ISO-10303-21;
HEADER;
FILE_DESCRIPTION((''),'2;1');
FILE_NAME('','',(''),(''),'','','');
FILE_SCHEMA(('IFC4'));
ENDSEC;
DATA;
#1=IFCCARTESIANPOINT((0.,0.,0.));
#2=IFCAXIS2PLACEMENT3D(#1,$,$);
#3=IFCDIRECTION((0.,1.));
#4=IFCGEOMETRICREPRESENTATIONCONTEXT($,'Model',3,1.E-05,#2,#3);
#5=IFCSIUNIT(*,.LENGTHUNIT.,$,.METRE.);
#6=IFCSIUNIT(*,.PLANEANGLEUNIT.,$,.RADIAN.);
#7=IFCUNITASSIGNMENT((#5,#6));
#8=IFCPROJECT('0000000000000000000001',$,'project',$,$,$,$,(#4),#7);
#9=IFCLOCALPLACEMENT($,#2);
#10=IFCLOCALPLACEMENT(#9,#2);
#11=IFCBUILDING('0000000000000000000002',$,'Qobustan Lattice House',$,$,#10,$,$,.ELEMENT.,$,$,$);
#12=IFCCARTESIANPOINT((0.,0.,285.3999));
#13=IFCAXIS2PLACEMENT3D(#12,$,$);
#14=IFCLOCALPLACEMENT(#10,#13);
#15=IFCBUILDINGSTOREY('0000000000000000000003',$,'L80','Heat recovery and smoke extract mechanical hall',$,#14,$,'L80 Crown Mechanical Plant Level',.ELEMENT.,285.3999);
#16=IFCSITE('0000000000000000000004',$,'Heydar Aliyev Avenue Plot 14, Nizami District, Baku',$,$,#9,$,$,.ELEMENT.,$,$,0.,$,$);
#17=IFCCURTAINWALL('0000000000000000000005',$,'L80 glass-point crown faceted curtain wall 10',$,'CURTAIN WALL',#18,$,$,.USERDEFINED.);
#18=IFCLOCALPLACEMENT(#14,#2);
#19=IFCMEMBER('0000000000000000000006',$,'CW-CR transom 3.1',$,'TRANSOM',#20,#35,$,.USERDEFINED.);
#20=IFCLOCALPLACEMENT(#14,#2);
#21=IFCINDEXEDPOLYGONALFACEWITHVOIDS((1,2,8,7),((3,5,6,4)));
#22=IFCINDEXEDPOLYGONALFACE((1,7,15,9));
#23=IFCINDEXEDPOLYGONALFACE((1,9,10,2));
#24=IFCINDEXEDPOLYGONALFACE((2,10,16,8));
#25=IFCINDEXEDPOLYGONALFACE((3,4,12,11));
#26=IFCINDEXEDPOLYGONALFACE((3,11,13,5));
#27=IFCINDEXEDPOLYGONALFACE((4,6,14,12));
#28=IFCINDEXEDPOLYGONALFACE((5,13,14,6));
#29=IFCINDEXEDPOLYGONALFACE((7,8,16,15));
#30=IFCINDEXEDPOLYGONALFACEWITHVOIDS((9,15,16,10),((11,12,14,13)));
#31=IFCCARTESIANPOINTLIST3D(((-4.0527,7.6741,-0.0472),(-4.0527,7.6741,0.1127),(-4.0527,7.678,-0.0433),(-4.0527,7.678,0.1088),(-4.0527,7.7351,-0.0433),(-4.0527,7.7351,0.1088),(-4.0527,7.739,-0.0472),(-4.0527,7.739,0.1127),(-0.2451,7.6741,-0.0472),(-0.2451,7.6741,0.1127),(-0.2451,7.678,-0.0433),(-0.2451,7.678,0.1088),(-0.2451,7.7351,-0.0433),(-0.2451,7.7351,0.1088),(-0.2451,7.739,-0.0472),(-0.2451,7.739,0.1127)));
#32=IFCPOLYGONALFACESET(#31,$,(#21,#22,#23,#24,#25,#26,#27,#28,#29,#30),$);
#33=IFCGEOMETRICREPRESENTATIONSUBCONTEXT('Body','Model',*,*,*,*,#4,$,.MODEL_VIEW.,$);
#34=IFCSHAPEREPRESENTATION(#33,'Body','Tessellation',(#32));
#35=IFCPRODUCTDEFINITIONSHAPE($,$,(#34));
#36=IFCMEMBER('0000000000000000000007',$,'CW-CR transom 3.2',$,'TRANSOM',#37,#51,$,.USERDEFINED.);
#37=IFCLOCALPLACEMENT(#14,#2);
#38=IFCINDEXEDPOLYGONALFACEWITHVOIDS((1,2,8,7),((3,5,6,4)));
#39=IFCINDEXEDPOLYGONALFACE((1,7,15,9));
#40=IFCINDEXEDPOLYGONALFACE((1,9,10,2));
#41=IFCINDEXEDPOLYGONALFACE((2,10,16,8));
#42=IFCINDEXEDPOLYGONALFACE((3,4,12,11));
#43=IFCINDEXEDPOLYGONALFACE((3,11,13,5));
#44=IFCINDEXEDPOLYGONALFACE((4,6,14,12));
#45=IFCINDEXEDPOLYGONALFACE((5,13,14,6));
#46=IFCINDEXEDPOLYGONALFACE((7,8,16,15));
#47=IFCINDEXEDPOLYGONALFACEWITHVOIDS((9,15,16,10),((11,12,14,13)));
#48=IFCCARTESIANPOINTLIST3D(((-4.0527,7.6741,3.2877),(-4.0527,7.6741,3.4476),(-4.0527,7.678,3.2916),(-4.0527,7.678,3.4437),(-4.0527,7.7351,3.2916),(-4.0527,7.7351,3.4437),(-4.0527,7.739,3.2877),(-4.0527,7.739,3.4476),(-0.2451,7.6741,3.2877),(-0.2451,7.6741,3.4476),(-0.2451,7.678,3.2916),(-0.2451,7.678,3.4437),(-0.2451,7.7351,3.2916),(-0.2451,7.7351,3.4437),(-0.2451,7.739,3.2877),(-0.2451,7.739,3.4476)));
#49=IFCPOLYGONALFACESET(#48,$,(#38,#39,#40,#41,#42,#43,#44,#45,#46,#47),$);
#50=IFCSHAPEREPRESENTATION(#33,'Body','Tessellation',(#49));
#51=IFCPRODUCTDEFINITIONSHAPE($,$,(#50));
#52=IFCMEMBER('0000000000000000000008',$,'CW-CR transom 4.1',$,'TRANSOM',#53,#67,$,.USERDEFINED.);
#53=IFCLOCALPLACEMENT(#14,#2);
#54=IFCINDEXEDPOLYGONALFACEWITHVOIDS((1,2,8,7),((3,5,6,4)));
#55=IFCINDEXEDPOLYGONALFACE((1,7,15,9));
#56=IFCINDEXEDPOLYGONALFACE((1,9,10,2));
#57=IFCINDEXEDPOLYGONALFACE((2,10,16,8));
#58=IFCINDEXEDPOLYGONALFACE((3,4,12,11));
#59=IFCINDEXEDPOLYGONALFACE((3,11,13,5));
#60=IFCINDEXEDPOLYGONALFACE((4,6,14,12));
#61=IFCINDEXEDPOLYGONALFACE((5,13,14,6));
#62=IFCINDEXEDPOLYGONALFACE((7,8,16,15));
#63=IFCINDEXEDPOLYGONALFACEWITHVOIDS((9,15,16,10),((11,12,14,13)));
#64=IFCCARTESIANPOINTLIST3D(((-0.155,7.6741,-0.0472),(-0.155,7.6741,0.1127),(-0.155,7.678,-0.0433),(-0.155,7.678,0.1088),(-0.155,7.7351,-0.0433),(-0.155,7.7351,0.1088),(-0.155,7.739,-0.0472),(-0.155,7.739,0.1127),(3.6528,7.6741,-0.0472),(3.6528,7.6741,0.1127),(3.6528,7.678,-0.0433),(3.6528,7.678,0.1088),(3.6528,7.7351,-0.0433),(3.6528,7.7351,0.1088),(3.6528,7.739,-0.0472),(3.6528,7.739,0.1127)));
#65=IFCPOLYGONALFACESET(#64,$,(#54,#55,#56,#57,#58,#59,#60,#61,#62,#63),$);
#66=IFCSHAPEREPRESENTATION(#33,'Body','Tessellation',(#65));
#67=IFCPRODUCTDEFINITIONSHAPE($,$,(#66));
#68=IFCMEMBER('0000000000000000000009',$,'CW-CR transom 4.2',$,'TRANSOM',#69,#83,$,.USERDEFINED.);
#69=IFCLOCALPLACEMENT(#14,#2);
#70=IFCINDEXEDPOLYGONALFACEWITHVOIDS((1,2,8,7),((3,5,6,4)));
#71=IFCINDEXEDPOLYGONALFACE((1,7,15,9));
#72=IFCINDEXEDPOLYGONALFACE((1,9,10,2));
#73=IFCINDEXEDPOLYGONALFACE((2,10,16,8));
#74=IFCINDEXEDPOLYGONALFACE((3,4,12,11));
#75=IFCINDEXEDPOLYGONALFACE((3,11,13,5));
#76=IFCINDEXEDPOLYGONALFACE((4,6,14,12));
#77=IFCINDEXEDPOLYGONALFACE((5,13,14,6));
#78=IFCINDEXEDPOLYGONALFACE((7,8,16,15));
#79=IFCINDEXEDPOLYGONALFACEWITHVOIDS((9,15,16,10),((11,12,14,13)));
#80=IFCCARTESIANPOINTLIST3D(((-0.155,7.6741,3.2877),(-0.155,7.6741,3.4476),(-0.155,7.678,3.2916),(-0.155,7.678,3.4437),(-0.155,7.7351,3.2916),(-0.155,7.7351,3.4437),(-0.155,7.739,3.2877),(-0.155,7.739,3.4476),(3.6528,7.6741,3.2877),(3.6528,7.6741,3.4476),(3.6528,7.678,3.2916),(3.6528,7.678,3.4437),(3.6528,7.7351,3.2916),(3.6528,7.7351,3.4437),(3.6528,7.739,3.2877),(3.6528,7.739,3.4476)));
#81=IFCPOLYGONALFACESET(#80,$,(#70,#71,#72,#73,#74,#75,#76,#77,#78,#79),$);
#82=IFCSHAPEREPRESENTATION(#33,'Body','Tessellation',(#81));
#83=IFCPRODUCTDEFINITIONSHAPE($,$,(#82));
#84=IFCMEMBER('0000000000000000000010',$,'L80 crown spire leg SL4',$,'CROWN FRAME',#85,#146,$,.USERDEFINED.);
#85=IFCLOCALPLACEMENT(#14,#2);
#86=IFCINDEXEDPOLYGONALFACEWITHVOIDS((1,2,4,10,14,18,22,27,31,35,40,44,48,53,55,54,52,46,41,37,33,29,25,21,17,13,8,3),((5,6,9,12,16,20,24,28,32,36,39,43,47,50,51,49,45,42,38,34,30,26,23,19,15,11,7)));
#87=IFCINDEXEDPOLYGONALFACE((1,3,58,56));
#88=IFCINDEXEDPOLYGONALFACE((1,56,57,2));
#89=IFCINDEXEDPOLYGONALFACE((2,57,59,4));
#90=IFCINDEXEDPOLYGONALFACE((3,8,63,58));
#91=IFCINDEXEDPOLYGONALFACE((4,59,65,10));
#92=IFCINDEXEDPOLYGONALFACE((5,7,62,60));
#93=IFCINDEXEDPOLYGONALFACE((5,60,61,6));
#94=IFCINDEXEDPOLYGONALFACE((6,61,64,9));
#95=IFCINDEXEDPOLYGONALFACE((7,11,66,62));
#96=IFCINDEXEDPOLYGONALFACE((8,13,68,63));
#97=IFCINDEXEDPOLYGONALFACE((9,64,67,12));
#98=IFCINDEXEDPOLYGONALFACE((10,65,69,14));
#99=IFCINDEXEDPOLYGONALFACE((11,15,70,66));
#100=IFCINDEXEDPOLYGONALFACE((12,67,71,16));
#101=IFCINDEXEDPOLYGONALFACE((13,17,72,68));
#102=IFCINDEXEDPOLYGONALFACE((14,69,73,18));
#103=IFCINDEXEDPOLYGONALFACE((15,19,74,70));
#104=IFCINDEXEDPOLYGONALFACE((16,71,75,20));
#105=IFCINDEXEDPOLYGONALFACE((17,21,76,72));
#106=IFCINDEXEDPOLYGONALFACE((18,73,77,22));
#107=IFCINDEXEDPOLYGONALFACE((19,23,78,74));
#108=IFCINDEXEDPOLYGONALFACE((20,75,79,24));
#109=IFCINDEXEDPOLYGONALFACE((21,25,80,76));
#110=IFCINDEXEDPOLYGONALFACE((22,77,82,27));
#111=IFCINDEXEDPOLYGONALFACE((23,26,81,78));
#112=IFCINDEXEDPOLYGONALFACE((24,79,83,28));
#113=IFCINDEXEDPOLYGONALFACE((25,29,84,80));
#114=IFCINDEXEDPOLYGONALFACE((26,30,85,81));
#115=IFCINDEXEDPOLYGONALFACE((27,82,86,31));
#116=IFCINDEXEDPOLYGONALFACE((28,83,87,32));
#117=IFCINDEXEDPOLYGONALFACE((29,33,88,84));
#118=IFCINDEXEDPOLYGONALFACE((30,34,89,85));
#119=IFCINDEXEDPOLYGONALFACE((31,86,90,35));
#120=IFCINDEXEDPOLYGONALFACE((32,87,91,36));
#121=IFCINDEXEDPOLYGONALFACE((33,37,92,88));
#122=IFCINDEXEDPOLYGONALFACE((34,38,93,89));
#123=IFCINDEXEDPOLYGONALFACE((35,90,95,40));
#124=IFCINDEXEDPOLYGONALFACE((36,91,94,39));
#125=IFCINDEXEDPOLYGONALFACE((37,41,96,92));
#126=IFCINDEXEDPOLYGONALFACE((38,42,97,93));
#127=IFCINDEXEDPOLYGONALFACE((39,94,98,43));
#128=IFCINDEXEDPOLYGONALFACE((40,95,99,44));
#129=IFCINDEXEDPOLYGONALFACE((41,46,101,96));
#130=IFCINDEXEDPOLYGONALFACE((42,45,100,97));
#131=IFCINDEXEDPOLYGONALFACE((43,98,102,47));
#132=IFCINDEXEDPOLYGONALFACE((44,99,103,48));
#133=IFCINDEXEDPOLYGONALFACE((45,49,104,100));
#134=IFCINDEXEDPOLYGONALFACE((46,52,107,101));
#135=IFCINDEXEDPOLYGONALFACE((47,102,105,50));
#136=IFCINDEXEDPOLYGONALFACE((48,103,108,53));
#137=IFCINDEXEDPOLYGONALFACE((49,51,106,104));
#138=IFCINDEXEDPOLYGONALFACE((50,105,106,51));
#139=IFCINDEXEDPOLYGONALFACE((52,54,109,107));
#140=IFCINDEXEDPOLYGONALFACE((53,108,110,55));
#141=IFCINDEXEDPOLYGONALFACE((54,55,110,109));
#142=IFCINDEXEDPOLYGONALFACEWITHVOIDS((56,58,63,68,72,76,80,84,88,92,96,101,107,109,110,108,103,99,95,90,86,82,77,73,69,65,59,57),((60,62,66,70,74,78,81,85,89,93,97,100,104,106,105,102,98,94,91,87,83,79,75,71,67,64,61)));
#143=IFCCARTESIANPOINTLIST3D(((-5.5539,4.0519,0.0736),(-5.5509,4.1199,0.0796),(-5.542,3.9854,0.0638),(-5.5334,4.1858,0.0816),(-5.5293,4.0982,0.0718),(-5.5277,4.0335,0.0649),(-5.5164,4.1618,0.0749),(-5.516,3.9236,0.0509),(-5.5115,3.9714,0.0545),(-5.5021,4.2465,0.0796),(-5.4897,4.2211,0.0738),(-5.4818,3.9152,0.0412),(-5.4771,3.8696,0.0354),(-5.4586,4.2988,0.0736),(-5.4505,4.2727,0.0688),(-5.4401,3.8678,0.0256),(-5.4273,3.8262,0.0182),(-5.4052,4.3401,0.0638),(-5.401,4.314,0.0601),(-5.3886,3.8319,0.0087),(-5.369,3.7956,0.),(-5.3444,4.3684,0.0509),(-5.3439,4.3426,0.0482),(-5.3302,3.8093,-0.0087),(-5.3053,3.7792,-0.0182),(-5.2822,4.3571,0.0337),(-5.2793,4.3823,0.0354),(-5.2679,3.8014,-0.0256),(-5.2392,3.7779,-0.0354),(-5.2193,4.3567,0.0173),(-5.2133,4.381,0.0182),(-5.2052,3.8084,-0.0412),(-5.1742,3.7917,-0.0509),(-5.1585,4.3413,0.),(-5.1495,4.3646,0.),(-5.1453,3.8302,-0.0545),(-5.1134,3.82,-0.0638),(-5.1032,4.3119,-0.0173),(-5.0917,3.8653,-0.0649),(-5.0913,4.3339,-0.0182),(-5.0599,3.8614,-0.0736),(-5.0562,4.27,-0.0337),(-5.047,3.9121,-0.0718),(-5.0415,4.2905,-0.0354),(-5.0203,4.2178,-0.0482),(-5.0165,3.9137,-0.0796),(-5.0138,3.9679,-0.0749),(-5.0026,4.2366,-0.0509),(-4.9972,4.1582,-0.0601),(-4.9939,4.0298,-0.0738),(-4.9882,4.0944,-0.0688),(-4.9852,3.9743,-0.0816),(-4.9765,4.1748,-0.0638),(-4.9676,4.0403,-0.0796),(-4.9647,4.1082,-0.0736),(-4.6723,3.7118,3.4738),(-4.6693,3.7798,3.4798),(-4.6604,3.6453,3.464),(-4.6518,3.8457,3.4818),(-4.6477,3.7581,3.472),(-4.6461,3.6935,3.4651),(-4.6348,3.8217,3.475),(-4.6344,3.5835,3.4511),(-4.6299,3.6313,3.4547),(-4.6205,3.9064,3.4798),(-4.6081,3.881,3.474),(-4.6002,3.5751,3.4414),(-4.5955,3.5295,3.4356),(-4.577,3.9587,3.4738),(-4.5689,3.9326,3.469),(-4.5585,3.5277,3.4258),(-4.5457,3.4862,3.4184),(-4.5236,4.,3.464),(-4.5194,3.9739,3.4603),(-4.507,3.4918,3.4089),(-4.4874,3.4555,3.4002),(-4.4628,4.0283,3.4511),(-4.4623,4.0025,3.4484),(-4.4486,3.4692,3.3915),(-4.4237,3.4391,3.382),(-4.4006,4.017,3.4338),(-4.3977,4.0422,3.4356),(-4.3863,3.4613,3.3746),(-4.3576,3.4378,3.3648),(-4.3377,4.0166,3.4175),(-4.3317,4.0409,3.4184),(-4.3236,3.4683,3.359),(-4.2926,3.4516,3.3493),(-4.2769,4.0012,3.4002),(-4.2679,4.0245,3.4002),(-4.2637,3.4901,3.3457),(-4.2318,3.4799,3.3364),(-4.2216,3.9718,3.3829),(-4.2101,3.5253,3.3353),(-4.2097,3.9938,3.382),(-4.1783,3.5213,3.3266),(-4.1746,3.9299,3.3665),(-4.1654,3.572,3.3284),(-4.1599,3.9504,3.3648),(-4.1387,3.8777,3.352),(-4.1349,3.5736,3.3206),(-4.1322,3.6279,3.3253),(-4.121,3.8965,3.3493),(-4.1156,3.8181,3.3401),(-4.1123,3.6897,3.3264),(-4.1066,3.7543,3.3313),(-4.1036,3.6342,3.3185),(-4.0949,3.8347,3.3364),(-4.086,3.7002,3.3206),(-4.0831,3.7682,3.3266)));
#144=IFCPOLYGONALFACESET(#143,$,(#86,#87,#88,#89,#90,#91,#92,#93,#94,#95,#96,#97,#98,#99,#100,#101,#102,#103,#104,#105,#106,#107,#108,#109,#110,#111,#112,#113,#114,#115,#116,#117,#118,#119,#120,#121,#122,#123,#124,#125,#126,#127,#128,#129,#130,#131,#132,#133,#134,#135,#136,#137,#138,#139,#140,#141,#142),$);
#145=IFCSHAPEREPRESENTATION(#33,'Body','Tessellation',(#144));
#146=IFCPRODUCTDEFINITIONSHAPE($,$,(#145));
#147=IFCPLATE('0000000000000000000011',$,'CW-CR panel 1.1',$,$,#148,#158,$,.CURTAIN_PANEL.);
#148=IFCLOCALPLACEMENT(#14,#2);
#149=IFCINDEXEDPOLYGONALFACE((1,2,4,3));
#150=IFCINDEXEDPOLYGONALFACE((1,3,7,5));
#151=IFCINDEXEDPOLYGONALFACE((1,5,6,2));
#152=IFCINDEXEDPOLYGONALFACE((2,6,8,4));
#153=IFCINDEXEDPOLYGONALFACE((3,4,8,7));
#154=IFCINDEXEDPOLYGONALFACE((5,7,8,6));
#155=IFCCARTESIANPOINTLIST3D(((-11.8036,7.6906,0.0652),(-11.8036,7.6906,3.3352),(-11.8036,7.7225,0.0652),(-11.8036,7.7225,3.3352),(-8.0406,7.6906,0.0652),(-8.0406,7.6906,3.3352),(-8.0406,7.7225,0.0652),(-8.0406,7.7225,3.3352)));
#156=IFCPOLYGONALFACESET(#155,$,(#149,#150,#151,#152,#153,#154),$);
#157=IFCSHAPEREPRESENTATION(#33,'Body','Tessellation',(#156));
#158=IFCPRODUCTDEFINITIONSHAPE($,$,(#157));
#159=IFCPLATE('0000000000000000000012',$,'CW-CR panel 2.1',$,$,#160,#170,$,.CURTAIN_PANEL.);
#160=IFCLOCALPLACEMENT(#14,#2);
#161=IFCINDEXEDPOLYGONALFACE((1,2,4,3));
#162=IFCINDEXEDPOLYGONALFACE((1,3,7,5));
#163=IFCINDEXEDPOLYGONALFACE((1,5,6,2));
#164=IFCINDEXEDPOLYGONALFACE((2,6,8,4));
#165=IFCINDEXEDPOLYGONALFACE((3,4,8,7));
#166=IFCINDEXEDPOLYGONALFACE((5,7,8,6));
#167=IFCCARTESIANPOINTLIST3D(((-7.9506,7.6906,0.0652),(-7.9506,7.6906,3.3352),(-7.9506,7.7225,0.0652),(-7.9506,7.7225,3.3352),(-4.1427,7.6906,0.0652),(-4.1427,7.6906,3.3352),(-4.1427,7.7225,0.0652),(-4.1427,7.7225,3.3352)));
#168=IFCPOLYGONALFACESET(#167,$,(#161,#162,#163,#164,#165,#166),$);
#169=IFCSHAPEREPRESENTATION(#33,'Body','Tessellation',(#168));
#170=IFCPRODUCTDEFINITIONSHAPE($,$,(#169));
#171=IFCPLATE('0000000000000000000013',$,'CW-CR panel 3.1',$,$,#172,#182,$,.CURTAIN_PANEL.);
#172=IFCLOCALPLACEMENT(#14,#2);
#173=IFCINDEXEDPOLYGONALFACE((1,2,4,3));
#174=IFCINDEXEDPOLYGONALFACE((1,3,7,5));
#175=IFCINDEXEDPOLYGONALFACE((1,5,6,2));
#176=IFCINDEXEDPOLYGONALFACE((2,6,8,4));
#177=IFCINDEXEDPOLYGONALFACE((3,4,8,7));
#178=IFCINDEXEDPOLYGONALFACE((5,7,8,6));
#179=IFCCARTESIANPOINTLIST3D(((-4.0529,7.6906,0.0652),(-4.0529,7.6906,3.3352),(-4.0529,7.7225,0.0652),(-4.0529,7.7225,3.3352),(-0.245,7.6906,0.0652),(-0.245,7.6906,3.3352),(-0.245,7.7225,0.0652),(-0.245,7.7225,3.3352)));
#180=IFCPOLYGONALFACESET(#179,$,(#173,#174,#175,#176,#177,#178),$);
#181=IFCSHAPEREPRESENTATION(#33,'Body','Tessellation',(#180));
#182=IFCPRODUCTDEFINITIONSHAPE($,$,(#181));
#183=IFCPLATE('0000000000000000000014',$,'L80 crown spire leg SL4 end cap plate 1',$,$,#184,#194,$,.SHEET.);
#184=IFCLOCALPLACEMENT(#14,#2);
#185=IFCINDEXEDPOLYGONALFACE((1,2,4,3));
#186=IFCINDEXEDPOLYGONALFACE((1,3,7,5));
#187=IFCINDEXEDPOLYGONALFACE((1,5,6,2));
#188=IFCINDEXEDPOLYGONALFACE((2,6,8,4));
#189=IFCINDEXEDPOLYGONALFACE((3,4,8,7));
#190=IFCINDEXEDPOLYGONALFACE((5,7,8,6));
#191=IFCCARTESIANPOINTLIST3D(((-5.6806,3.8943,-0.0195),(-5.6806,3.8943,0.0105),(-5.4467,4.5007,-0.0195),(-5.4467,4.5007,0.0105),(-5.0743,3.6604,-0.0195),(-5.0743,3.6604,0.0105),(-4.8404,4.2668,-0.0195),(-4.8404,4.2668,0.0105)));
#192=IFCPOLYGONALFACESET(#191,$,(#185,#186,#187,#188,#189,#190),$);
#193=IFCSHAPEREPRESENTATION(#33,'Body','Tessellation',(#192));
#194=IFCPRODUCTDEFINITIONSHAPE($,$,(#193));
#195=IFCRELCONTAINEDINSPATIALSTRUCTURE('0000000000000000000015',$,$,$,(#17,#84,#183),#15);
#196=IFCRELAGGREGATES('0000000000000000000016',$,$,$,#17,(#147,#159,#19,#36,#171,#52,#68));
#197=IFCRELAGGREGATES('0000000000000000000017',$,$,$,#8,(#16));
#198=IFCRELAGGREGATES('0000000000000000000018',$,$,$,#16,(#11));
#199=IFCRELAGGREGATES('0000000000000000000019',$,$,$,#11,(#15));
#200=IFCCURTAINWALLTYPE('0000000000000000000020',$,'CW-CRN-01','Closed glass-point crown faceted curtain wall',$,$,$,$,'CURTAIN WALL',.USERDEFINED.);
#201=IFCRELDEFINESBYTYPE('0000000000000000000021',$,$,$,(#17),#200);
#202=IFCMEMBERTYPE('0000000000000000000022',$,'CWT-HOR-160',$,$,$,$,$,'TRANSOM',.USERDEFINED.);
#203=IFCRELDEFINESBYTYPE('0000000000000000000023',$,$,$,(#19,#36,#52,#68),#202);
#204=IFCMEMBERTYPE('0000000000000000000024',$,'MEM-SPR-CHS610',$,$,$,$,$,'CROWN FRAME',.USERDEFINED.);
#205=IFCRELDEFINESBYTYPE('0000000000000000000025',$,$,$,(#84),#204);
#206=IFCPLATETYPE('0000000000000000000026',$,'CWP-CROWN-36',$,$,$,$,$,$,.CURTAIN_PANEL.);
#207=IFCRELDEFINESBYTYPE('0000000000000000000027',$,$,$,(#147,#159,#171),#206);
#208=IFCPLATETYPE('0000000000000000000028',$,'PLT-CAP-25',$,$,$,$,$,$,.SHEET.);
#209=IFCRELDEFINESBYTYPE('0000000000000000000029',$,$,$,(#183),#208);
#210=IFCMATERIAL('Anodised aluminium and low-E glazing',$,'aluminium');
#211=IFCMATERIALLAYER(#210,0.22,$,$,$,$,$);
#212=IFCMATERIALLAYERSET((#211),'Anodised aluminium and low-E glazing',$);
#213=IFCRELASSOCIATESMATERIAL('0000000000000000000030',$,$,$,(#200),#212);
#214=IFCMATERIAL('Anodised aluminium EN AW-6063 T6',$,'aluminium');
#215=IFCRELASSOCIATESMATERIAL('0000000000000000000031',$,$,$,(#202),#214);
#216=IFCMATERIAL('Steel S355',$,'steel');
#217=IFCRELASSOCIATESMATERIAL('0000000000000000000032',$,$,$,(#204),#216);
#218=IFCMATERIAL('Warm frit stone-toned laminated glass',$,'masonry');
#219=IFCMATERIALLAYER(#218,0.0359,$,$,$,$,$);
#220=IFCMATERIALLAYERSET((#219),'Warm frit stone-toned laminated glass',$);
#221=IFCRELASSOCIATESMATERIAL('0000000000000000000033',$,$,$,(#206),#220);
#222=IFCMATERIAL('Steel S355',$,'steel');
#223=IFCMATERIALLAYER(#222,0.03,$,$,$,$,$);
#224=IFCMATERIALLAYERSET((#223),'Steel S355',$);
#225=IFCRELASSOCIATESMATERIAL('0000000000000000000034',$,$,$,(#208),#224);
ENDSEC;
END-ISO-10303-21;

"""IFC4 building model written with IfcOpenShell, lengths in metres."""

from ifc_helpers import new_model, si_unit, direction, frame, origin, origin_2d, place, context, subcontext, project, spatial, rectangle, hollow_rectangle, hollow_circle, extrude, material, layer, layer_set, material_profile, profile_set, type_object, element, aggregate, save


model = new_model("IFC4")

# Units and contexts
model_context = context("Model", 3, precision=1e-05, world=origin(), true_north=direction((0.0, 1.0)))
body_context = subcontext(model_context, "Body", "Model", "MODEL_VIEW")
ifc_project = project(units=[si_unit("LENGTHUNIT", "METRE"), si_unit("PLANEANGLEUNIT", "RADIAN")], contexts=[model_context])

# Site, building, storey
site_placement = place(None, origin())
site = spatial("IfcSite", under=ifc_project, at=site_placement, Name="Heydar Aliyev Avenue Plot 14, Nizami District, Baku", CompositionType="ELEMENT", RefElevation=0.0)
building_placement = place(site_placement, origin())
building = spatial("IfcBuilding", under=site, at=building_placement, Name="Qobustan Lattice House", CompositionType="ELEMENT")
storey_placement = place(building_placement, frame((0.0, 0.0, 285.3999)))
storey = spatial("IfcBuildingStorey", under=building, at=storey_placement, Name="L80", Description="Heat recovery and smoke extract mechanical hall", LongName="L80 Crown Mechanical Plant Level", CompositionType="ELEMENT", Elevation=285.3999)

# Curtain wall, members
ifc_material_1 = material(Name="Anodised aluminium and low-E glazing", Category="aluminium")
ifc_layer_1 = layer(ifc_material_1, 0.22)
ifc_layer_set_1 = layer_set([ifc_layer_1], Name="Anodised aluminium and low-E glazing")
curtain_wall_type = type_object("IfcCurtainWallType", Name="CW-CRN-01", Description="Closed glass-point crown faceted curtain wall", ElementType="CURTAIN WALL", PredefinedType="USERDEFINED", material=ifc_layer_set_1)
curtain_wall_placement = place(storey_placement, origin())
curtain_wall = element("IfcCurtainWall", 1, at=curtain_wall_placement, inside=storey, type_object=curtain_wall_type, Name="L80 glass-point crown faceted curtain wall 10", ObjectType="CURTAIN WALL", PredefinedType="USERDEFINED")
ifc_material_2 = material(Name="Anodised aluminium EN AW-6063 T6", Category="aluminium")
ifc_material_profile_1 = material_profile(ifc_material_2, hollow_rectangle(XDim=0.0649, YDim=0.1599, WallThickness=0.0039, at=origin_2d()), Name="CWT-160x65")
ifc_profile_set_1 = profile_set([ifc_material_profile_1], Name="Anodised aluminium EN AW-6063 T6")
member_type_1 = type_object("IfcMemberType", Name="CWT-HOR-160", ElementType="TRANSOM", PredefinedType="USERDEFINED", material=ifc_profile_set_1)
member_1_placement = place(storey_placement, frame((-4.0527, 7.7065, 0.0327), z_axis=(1.0, 0.0, 0.0), x_axis=(0.0, 1.0, 0.0)))
member_1 = element("IfcMember", 2, at=member_1_placement, type_object=member_type_1, Name="CW-CR transom 3.1", ObjectType="TRANSOM", PredefinedType="USERDEFINED", context=body_context, shape_type="SweptSolid", body=[
    extrude(hollow_rectangle(XDim=0.0649, YDim=0.1599, WallThickness=0.0039, at=origin_2d()), origin(), (0.0, 0.0, 1.0), 3.8076),
])
member_2_placement = place(storey_placement, frame((-4.0527, 7.7065, 3.3677), z_axis=(1.0, 0.0, 0.0), x_axis=(0.0, 1.0, 0.0)))
member_2 = element("IfcMember", 3, at=member_2_placement, type_object=member_type_1, Name="CW-CR transom 3.2", ObjectType="TRANSOM", PredefinedType="USERDEFINED", context=body_context, shape_type="SweptSolid", body=[
    extrude(hollow_rectangle(XDim=0.0649, YDim=0.1599, WallThickness=0.0039, at=origin_2d()), origin(), (0.0, 0.0, 1.0), 3.8076),
])
member_3_placement = place(storey_placement, frame((-0.155, 7.7065, 0.0327), z_axis=(1.0, 0.0, 0.0), x_axis=(0.0, 1.0, 0.0)))
member_3 = element("IfcMember", 4, at=member_3_placement, type_object=member_type_1, Name="CW-CR transom 4.1", ObjectType="TRANSOM", PredefinedType="USERDEFINED", context=body_context, shape_type="SweptSolid", body=[
    extrude(hollow_rectangle(XDim=0.0649, YDim=0.1599, WallThickness=0.0039, at=origin_2d()), origin(), (0.0, 0.0, 1.0), 3.8079),
])
member_4_placement = place(storey_placement, frame((-0.155, 7.7065, 3.3677), z_axis=(1.0, 0.0, 0.0), x_axis=(0.0, 1.0, 0.0)))
member_4 = element("IfcMember", 5, at=member_4_placement, type_object=member_type_1, Name="CW-CR transom 4.2", ObjectType="TRANSOM", PredefinedType="USERDEFINED", context=body_context, shape_type="SweptSolid", body=[
    extrude(hollow_rectangle(XDim=0.0649, YDim=0.1599, WallThickness=0.0039, at=origin_2d()), origin(), (0.0, 0.0, 1.0), 3.8079),
])

# Member
ifc_material_3 = material(Name="Steel S355", Category="steel")
ifc_material_profile_2 = material_profile(ifc_material_3, hollow_circle(Radius=0.3049, WallThickness=0.0249, at=origin_2d()), Name="CHS610x25")
ifc_profile_set_2 = profile_set([ifc_material_profile_2], Name="Steel S355")
member_type_2 = type_object("IfcMemberType", Name="MEM-SPR-CHS610", ElementType="CROWN FRAME", PredefinedType="USERDEFINED", material=ifc_profile_set_2)
member_5_placement = place(storey_placement, frame((-5.2593, 4.0801, 0.0), z_axis=(0.249813, -0.096369, 0.963487), x_axis=(0.359914, 0.932986, 0.0)))
element("IfcMember", 6, at=member_5_placement, inside=storey, type_object=member_type_2, Name="L80 crown spire leg SL4", ObjectType="CROWN FRAME", PredefinedType="USERDEFINED", context=body_context, shape_type="SweptSolid", body=[
    extrude(hollow_circle(Radius=0.3049, WallThickness=0.0249, at=origin_2d()), origin(), (0.0, 0.0, 1.0), 3.5291),
])

# Plates
ifc_material_4 = material(Name="Warm frit stone-toned laminated glass", Category="masonry")
ifc_layer_2 = layer(ifc_material_4, 0.0359)
ifc_layer_set_2 = layer_set([ifc_layer_2], Name="Warm frit stone-toned laminated glass")
plate_type_1 = type_object("IfcPlateType", Name="CWP-CROWN-36", PredefinedType="CURTAIN_PANEL", material=ifc_layer_set_2)
plate_1_placement = place(storey_placement, frame((-9.9221, 7.7065, 0.0652), z_axis=(0.0, 0.0, 1.0), x_axis=(1.0, 0.0, 0.0)))
plate_1 = element("IfcPlate", 7, at=plate_1_placement, type_object=plate_type_1, Name="CW-CR panel 1.1", PredefinedType="CURTAIN_PANEL", context=body_context, shape_type="SweptSolid", body=[
    extrude(rectangle(XDim=3.7629, YDim=0.032, at=origin_2d()), origin(), (0.0, 0.0, 1.0), 3.27),
])
plate_2_placement = place(storey_placement, frame((-6.0466, 7.7065, 0.0652), z_axis=(0.0, 0.0, 1.0), x_axis=(1.0, 0.0, 0.0)))
plate_2 = element("IfcPlate", 8, at=plate_2_placement, type_object=plate_type_1, Name="CW-CR panel 2.1", PredefinedType="CURTAIN_PANEL", context=body_context, shape_type="SweptSolid", body=[
    extrude(rectangle(XDim=3.8079, YDim=0.032, at=origin_2d()), origin(), (0.0, 0.0, 1.0), 3.27),
])
plate_3_placement = place(storey_placement, frame((-2.1489, 7.7065, 0.0652), z_axis=(0.0, 0.0, 1.0), x_axis=(1.0, 0.0, 0.0)))
plate_3 = element("IfcPlate", 9, at=plate_3_placement, type_object=plate_type_1, Name="CW-CR panel 3.1", PredefinedType="CURTAIN_PANEL", context=body_context, shape_type="SweptSolid", body=[
    extrude(rectangle(XDim=3.8079, YDim=0.032, at=origin_2d()), origin(), (0.0, 0.0, 1.0), 3.27),
])
aggregate(curtain_wall, [plate_1, plate_2, member_1, member_2, plate_3, member_3, member_4])

# Plate
ifc_material_5 = material(Name="Steel S355", Category="steel")
ifc_layer_3 = layer(ifc_material_5, 0.03)
ifc_layer_set_3 = layer_set([ifc_layer_3], Name="Steel S355")
plate_type_2 = type_object("IfcPlateType", Name="PLT-CAP-25", PredefinedType="SHEET", material=ifc_layer_set_3)
for number, where, z_axis, x_axis, name in (
    (10, (-5.2605, 4.0806, -0.0195), (0.0, 0.0, 1.0), (0.933004, -0.359867, 0.0), "L80 crown spire leg SL4 end cap plate 1"),
):
    element("IfcPlate", number, at=place(storey_placement, frame(where, z_axis=z_axis, x_axis=x_axis)), inside=storey, type_object=plate_type_2, Name=name, PredefinedType="SHEET", context=body_context, shape_type="SweptSolid", body=[
        extrude(rectangle(XDim=0.6499, YDim=0.6499, at=origin_2d()), origin(), (0.0, 0.0, 1.0), 0.03),
    ])

save(model, "model.ifc")
